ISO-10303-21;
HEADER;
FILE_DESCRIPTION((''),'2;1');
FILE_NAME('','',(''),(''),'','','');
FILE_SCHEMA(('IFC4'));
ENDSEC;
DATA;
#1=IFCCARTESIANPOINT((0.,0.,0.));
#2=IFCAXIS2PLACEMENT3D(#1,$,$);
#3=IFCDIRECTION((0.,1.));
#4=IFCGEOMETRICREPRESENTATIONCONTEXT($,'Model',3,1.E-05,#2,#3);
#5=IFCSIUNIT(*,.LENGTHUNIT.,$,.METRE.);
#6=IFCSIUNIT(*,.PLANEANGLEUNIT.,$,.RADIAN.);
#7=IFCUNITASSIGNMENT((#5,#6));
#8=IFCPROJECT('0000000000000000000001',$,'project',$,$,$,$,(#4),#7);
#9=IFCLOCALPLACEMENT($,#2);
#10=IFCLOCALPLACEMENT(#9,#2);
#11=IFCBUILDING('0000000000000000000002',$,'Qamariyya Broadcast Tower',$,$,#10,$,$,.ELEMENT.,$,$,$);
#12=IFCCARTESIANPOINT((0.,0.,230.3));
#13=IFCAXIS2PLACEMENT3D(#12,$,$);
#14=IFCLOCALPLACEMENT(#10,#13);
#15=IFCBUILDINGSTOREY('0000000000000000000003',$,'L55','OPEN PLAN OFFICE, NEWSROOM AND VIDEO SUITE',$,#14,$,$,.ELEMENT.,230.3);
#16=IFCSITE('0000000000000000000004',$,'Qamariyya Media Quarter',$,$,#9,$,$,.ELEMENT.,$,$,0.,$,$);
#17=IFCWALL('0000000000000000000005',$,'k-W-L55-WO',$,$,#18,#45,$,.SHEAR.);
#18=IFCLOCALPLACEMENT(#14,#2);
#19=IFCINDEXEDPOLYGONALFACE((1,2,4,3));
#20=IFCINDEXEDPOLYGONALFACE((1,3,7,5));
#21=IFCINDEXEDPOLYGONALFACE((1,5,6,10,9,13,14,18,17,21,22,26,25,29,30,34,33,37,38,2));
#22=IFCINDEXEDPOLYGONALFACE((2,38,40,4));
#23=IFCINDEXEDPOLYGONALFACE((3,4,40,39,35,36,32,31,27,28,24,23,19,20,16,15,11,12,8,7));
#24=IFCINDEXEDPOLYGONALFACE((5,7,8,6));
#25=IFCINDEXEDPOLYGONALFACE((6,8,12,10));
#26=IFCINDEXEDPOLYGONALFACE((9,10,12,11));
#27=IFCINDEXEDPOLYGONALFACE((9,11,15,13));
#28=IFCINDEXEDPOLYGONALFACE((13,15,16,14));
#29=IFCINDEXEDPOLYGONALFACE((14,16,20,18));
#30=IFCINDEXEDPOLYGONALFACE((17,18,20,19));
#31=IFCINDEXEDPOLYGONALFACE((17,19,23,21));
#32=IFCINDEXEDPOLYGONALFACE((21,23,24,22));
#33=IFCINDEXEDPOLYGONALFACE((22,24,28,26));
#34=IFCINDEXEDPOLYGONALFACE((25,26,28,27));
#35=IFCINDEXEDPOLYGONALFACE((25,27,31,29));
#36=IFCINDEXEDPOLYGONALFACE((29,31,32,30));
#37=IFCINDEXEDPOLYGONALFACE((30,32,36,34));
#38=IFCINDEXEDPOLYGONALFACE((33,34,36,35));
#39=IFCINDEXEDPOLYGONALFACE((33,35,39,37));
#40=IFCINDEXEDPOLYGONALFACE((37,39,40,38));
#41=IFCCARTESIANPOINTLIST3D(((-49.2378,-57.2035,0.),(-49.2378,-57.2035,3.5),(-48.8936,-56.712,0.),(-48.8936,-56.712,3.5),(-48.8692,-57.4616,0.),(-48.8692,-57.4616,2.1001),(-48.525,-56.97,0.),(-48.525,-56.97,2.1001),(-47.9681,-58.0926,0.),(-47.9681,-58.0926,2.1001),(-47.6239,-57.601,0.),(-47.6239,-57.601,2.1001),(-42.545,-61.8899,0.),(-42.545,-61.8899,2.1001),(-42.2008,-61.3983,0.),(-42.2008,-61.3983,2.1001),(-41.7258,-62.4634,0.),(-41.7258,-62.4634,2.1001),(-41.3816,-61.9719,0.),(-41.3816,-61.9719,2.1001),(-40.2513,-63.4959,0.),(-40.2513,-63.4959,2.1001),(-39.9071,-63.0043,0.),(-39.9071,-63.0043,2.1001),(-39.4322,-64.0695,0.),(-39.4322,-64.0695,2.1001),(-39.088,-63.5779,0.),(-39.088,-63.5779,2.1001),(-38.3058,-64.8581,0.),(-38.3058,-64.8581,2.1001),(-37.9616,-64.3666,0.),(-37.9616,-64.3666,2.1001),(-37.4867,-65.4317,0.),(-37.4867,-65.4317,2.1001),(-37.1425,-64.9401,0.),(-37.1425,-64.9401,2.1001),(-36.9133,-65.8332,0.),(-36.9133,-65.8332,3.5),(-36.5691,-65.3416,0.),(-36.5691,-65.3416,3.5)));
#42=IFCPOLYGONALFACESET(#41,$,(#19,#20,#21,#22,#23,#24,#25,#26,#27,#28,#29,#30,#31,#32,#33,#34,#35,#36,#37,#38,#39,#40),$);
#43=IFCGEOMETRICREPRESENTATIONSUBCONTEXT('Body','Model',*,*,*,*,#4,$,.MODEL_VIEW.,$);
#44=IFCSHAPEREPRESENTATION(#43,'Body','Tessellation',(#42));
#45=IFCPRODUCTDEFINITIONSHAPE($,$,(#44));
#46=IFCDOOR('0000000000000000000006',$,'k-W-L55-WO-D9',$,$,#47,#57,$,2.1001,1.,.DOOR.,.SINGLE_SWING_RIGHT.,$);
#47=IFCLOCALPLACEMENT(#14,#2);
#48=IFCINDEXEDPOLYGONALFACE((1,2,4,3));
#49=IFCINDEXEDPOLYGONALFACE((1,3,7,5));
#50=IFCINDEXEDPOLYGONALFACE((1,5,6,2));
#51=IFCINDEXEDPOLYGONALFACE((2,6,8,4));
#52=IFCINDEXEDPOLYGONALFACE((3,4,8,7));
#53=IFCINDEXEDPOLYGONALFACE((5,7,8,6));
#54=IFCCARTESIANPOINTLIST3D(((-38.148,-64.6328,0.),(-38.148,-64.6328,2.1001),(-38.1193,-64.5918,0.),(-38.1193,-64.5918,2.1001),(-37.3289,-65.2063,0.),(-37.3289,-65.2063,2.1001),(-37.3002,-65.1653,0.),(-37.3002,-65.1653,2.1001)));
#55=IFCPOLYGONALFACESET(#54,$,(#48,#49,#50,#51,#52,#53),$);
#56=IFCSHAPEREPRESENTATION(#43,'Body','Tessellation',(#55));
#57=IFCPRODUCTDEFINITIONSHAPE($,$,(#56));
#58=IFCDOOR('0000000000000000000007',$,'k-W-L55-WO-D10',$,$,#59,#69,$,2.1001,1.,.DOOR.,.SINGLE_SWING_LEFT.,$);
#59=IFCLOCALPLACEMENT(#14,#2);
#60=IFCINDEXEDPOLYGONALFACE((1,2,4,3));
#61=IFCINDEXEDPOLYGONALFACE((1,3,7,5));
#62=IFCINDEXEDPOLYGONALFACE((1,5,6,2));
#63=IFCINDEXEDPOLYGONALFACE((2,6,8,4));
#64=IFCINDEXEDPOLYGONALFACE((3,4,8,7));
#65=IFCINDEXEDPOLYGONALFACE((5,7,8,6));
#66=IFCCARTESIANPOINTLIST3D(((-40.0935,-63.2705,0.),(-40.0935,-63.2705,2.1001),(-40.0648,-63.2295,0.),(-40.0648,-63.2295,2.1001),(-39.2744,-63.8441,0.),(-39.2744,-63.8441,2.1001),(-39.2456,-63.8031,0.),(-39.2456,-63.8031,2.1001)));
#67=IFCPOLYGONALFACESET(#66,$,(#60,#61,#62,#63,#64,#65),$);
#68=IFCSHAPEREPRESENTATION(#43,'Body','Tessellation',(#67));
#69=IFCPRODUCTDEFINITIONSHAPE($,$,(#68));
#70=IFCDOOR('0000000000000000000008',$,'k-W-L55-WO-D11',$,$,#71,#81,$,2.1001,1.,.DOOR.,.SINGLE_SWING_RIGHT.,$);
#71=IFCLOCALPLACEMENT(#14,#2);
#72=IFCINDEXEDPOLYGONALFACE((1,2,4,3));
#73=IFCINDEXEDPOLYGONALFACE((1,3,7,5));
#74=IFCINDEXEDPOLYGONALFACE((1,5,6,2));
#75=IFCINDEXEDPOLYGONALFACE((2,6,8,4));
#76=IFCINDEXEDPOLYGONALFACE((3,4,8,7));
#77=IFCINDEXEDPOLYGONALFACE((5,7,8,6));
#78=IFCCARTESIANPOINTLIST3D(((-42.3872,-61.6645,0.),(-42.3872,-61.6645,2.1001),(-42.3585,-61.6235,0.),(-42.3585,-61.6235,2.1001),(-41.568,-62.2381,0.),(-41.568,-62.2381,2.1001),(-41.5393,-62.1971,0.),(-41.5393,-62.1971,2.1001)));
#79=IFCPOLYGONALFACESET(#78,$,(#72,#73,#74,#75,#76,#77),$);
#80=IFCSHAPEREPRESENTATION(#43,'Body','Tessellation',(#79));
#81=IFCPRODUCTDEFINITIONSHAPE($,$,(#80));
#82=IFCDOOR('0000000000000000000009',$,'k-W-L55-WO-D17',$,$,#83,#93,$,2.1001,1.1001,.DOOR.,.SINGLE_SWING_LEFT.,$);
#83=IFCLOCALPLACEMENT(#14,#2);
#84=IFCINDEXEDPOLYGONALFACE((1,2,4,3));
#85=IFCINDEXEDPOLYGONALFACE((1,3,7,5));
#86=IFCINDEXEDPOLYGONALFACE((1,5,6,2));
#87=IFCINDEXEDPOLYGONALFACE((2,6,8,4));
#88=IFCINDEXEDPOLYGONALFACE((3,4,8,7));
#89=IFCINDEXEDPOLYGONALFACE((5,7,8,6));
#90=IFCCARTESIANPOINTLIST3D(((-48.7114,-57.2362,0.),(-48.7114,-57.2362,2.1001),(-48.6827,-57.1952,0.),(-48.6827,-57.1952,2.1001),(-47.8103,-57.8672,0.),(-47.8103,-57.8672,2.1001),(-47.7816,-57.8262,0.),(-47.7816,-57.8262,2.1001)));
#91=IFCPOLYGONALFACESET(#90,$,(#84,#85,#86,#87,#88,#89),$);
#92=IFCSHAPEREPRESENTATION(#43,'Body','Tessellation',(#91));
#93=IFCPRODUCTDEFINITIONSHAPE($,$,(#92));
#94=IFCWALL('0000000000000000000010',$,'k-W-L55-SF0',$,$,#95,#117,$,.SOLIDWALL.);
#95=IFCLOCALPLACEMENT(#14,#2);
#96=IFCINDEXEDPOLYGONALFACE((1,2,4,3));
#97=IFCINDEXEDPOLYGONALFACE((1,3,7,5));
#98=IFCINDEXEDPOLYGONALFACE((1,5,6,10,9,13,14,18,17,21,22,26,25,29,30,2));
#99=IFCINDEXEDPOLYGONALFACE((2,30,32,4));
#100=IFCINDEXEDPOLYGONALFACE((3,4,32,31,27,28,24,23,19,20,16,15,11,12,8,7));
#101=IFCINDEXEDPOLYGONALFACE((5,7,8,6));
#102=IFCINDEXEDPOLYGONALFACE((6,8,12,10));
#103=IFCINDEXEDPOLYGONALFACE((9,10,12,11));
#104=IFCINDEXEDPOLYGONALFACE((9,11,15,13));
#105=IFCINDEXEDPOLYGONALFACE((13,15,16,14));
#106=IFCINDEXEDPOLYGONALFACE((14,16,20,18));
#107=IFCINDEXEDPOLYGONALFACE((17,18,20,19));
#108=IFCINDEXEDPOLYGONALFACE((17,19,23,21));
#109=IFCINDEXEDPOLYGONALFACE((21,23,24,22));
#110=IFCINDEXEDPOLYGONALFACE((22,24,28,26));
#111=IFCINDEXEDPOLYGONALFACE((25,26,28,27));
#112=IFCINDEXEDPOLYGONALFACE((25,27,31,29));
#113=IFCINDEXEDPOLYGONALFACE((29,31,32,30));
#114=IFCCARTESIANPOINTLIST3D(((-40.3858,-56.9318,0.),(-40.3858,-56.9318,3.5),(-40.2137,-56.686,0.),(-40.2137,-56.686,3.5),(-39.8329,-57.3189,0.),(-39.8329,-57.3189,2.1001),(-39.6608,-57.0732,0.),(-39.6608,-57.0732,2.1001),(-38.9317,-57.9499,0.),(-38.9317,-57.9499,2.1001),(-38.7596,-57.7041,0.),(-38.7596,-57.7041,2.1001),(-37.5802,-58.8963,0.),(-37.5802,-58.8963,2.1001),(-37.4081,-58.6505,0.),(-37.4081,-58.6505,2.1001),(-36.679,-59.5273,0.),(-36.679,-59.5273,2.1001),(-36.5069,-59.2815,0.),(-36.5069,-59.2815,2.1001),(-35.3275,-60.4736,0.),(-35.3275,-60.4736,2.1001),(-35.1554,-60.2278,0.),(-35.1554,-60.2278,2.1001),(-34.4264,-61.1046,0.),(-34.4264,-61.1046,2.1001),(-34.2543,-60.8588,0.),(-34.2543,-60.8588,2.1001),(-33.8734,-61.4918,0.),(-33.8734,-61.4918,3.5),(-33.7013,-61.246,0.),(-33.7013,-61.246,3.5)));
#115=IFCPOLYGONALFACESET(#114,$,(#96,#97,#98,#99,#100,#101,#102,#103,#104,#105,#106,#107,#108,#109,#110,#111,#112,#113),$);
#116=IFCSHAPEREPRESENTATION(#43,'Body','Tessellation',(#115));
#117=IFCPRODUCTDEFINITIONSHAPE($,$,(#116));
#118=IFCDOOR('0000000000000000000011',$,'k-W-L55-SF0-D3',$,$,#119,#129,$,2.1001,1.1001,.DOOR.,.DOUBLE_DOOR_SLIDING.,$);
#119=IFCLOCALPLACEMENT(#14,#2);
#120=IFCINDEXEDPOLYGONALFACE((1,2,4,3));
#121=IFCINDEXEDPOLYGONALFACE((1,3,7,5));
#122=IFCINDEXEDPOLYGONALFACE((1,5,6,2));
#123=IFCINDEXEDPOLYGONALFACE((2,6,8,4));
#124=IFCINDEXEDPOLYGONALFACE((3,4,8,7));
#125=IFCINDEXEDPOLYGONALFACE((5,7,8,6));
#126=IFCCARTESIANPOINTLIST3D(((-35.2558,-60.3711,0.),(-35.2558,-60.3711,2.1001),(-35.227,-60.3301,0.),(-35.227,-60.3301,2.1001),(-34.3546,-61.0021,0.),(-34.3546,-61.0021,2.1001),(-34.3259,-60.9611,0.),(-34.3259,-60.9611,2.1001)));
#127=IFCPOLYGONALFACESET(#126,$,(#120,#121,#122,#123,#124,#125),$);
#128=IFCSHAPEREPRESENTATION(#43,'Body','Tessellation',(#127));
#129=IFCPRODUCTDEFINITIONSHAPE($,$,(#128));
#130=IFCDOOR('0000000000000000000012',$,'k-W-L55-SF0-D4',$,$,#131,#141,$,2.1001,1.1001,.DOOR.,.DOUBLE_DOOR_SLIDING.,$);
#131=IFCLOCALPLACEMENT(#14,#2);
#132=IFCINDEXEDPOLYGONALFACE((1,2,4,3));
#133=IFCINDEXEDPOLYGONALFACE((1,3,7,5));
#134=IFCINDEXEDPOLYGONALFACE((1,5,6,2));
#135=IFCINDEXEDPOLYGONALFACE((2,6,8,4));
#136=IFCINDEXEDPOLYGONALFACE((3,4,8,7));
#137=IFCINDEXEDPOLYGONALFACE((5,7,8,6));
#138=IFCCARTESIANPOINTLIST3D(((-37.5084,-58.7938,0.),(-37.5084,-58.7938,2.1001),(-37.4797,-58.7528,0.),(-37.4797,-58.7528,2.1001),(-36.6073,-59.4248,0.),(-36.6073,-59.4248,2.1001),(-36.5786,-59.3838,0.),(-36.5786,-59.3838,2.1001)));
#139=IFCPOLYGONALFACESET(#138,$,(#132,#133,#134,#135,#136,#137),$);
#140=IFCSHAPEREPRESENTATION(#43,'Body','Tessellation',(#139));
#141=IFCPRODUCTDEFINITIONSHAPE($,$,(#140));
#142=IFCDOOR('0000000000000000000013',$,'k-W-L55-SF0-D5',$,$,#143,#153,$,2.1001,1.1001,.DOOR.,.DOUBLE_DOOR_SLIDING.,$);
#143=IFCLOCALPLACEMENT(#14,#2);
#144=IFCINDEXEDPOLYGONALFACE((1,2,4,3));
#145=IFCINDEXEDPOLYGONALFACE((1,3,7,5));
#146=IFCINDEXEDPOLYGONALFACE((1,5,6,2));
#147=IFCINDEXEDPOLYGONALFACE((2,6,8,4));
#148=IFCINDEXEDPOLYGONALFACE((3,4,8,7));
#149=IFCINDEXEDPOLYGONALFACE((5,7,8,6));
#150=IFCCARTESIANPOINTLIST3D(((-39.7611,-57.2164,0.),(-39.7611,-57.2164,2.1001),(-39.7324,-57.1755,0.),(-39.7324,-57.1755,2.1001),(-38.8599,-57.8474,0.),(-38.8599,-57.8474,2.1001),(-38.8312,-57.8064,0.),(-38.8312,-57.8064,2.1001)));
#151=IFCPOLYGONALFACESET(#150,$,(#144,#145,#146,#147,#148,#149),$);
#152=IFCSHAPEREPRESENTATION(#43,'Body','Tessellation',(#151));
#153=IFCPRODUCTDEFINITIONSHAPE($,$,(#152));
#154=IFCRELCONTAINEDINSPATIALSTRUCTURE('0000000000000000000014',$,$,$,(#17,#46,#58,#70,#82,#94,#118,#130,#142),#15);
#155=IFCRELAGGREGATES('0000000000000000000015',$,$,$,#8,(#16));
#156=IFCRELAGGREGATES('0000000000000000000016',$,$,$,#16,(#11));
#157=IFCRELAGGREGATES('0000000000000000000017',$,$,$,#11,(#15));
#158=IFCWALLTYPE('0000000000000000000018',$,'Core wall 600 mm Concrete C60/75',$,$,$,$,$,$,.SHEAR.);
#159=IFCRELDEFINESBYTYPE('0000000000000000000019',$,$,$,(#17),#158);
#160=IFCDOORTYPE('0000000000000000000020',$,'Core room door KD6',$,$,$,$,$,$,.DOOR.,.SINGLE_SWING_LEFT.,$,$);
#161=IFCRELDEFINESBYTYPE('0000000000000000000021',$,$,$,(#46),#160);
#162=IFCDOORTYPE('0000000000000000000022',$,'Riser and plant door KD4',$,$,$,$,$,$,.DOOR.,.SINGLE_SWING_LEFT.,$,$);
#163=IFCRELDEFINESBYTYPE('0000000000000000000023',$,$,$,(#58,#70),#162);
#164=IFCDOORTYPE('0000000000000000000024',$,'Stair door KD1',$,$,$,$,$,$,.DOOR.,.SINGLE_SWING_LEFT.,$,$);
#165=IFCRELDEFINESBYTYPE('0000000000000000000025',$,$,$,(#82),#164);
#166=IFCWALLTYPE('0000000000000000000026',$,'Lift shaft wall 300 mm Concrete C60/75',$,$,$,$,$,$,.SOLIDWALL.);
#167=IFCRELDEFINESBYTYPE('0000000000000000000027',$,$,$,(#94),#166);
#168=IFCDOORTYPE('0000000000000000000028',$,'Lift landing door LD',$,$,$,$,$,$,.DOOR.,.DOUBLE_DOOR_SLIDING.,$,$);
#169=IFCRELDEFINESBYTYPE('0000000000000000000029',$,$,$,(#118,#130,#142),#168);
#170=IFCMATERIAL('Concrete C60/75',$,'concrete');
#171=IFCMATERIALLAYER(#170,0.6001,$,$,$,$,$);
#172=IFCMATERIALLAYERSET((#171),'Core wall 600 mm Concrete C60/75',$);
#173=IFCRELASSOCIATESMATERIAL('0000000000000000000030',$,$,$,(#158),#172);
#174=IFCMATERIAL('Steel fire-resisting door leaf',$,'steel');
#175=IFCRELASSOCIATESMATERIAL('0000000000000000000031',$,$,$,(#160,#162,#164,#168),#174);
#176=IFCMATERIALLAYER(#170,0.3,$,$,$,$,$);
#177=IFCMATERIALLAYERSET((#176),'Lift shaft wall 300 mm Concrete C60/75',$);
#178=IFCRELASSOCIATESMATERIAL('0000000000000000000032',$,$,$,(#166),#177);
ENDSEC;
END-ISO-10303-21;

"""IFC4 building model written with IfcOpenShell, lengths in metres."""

from ifc_helpers import new_model, si_unit, direction, frame, frame_2d, origin, place, context, subcontext, project, spatial, rectangle, extrude, material, layer, layer_set, type_object, element, fill, save


model = new_model("IFC4")

# Units and contexts
model_context = context("Model", 3, precision=1e-05, world=origin(), true_north=direction((0.0, 1.0)))
body_context = subcontext(model_context, "Body", "Model", "MODEL_VIEW")
ifc_project = project(units=[si_unit("LENGTHUNIT", "METRE"), si_unit("PLANEANGLEUNIT", "RADIAN")], contexts=[model_context])

# Site, building, storey
site_placement = place(None, origin())
site = spatial("IfcSite", under=ifc_project, at=site_placement, Name="Qamariyya Media Quarter", CompositionType="ELEMENT", RefElevation=0.0)
building_placement = place(site_placement, origin())
building = spatial("IfcBuilding", under=site, at=building_placement, Name="Qamariyya Broadcast Tower", CompositionType="ELEMENT")
storey_placement = place(building_placement, frame((0.0, 0.0, 230.3)))
storey = spatial("IfcBuildingStorey", under=building, at=storey_placement, Name="L55", Description="OPEN PLAN OFFICE, NEWSROOM AND VIDEO SUITE", CompositionType="ELEMENT", Elevation=230.3)

# Shared definitions
ifc_material_1 = material(Name="Concrete C60/75", Category="concrete")

# Shared definitions
ifc_layer_1 = layer(ifc_material_1, 0.6001)
ifc_layer_set_1 = layer_set([ifc_layer_1], Name="Core wall 600 mm Concrete C60/75")
wall_type_1 = type_object("IfcWallType", Name="Core wall 600 mm Concrete C60/75", PredefinedType="SHEAR", material=ifc_layer_set_1)
ifc_material_2 = material(Name="Steel fire-resisting door leaf", Category="steel")

# Walls, openings, doors
wall_1_placement = place(storey_placement, frame((-36.7412, -65.5874, 0.0), z_axis=(0.0, 0.0, 1.0), x_axis=(-0.819153, 0.573575, 0.0)))
wall_1 = element("IfcWall", 1, at=wall_1_placement, inside=storey, type_object=wall_type_1, Name="k-W-L55-WO", PredefinedType="SHEAR", context=body_context, shape_type="SweptSolid", body=[
    extrude(rectangle(XDim=15.0454, YDim=0.6001, at=frame_2d((7.5227, 0.0))), origin(), (0.0, 0.0, 1.0), 3.5),
])
opening_1_placement = place(wall_1_placement, frame((0.7, 0.0, 0.0)))
opening_1 = element("IfcOpeningElement", 2, at=opening_1_placement, cuts=wall_1, PredefinedType="OPENING", context=body_context, shape_type="SweptSolid", body=[
    extrude(rectangle(XDim=1.0, YDim=2.1001, at=frame_2d((0.5, 1.05))), frame((0.0, 0.3101, 0.0), z_axis=(0.0, -1.0, 0.0), x_axis=(1.0, 0.0, 0.0)), (0.0, 0.0, 1.0), 0.6201),
])
opening_2_placement = place(wall_1_placement, frame((3.075, 0.0, 0.0)))
opening_2 = element("IfcOpeningElement", 3, at=opening_2_placement, cuts=wall_1, PredefinedType="OPENING", context=body_context, shape_type="SweptSolid", body=[
    extrude(rectangle(XDim=1.0, YDim=2.1001, at=frame_2d((0.5, 1.05))), frame((0.0, 0.3101, 0.0), z_axis=(0.0, -1.0, 0.0), x_axis=(1.0, 0.0, 0.0)), (0.0, 0.0, 1.0), 0.6201),
])
opening_3_placement = place(wall_1_placement, frame((5.875, 0.0, 0.0)))
opening_3 = element("IfcOpeningElement", 4, at=opening_3_placement, cuts=wall_1, PredefinedType="OPENING", context=body_context, shape_type="SweptSolid", body=[
    extrude(rectangle(XDim=1.0, YDim=2.1001, at=frame_2d((0.5, 1.05))), frame((0.0, 0.3101, 0.0), z_axis=(0.0, -1.0, 0.0), x_axis=(1.0, 0.0, 0.0)), (0.0, 0.0, 1.0), 0.6201),
])
opening_4_placement = place(wall_1_placement, frame((13.4954, 0.0, 0.0)))
opening_4 = element("IfcOpeningElement", 5, at=opening_4_placement, cuts=wall_1, PredefinedType="OPENING", context=body_context, shape_type="SweptSolid", body=[
    extrude(rectangle(XDim=1.1001, YDim=2.1001, at=frame_2d((0.55, 1.05))), frame((0.0, 0.3101, 0.0), z_axis=(0.0, -1.0, 0.0), x_axis=(1.0, 0.0, 0.0)), (0.0, 0.0, 1.0), 0.6201),
])
door_type_1 = type_object("IfcDoorType", Name="Core room door KD6", OperationType="SINGLE_SWING_LEFT", PredefinedType="DOOR", material=ifc_material_2)
door_1_placement = place(opening_1_placement, origin())
door_1 = element("IfcDoor", 6, at=door_1_placement, inside=storey, type_object=door_type_1, Name="k-W-L55-WO-D9", OperationType="SINGLE_SWING_RIGHT", OverallHeight=2.1001, OverallWidth=1.0, PredefinedType="DOOR", context=body_context, shape_type="SweptSolid", body=[
    extrude(rectangle(XDim=1.0, YDim=2.1001, at=frame_2d((0.5, 1.05))), frame((0.0, 0.0249, 0.0), z_axis=(0.0, -1.0, 0.0), x_axis=(1.0, 0.0, 0.0)), (0.0, 0.0, 1.0), 0.05),
])
fill(opening_1, door_1)
door_type_2 = type_object("IfcDoorType", Name="Riser and plant door KD4", OperationType="SINGLE_SWING_LEFT", PredefinedType="DOOR", material=ifc_material_2)
door_2_placement = place(opening_2_placement, origin())
door_2 = element("IfcDoor", 7, at=door_2_placement, inside=storey, type_object=door_type_2, Name="k-W-L55-WO-D10", OperationType="SINGLE_SWING_LEFT", OverallHeight=2.1001, OverallWidth=1.0, PredefinedType="DOOR", context=body_context, shape_type="SweptSolid", body=[
    extrude(rectangle(XDim=1.0, YDim=2.1001, at=frame_2d((0.5, 1.05))), frame((0.0, 0.0249, 0.0), z_axis=(0.0, -1.0, 0.0), x_axis=(1.0, 0.0, 0.0)), (0.0, 0.0, 1.0), 0.05),
])
fill(opening_2, door_2)
door_3_placement = place(opening_3_placement, origin())
door_3 = element("IfcDoor", 8, at=door_3_placement, inside=storey, type_object=door_type_2, Name="k-W-L55-WO-D11", OperationType="SINGLE_SWING_RIGHT", OverallHeight=2.1001, OverallWidth=1.0, PredefinedType="DOOR", context=body_context, shape_type="SweptSolid", body=[
    extrude(rectangle(XDim=1.0, YDim=2.1001, at=frame_2d((0.5, 1.05))), frame((0.0, 0.0249, 0.0), z_axis=(0.0, -1.0, 0.0), x_axis=(1.0, 0.0, 0.0)), (0.0, 0.0, 1.0), 0.05),
])
fill(opening_3, door_3)
door_type_3 = type_object("IfcDoorType", Name="Stair door KD1", OperationType="SINGLE_SWING_LEFT", PredefinedType="DOOR", material=ifc_material_2)
door_4_placement = place(opening_4_placement, origin())
door_4 = element("IfcDoor", 9, at=door_4_placement, inside=storey, type_object=door_type_3, Name="k-W-L55-WO-D17", OperationType="SINGLE_SWING_LEFT", OverallHeight=2.1001, OverallWidth=1.1001, PredefinedType="DOOR", context=body_context, shape_type="SweptSolid", body=[
    extrude(rectangle(XDim=1.1001, YDim=2.1001, at=frame_2d((0.55, 1.05))), frame((0.0, 0.0249, 0.0), z_axis=(0.0, -1.0, 0.0), x_axis=(1.0, 0.0, 0.0)), (0.0, 0.0, 1.0), 0.05),
])
fill(opening_4, door_4)
ifc_layer_2 = layer(ifc_material_1, 0.3)
ifc_layer_set_2 = layer_set([ifc_layer_2], Name="Lift shaft wall 300 mm Concrete C60/75")
wall_type_2 = type_object("IfcWallType", Name="Lift shaft wall 300 mm Concrete C60/75", PredefinedType="SOLIDWALL", material=ifc_layer_set_2)
wall_2_placement = place(storey_placement, frame((-33.7874, -61.3689, 0.0), z_axis=(0.0, 0.0, 1.0), x_axis=(-0.819153, 0.573576, 0.0)))
wall_2 = element("IfcWall", 10, at=wall_2_placement, inside=storey, type_object=wall_type_2, Name="k-W-L55-SF0", PredefinedType="SOLIDWALL", context=body_context, shape_type="SweptSolid", body=[
    extrude(rectangle(XDim=7.9502, YDim=0.3, at=frame_2d((3.9751, 0.0))), origin(), (0.0, 0.0, 1.0), 3.5),
])
opening_5_placement = place(wall_2_placement, frame((0.675, 0.0, 0.0)))
opening_5 = element("IfcOpeningElement", 11, at=opening_5_placement, cuts=wall_2, PredefinedType="OPENING", context=body_context, shape_type="SweptSolid", body=[
    extrude(rectangle(XDim=1.1001, YDim=2.1001, at=frame_2d((0.55, 1.05))), frame((0.0, 0.1599, 0.0), z_axis=(0.0, -1.0, 0.0), x_axis=(1.0, 0.0, 0.0)), (0.0, 0.0, 1.0), 0.3201),
])
opening_6_placement = place(wall_2_placement, frame((3.425, 0.0, 0.0)))
opening_6 = element("IfcOpeningElement", 12, at=opening_6_placement, cuts=wall_2, PredefinedType="OPENING", context=body_context, shape_type="SweptSolid", body=[
    extrude(rectangle(XDim=1.1001, YDim=2.1001, at=frame_2d((0.55, 1.05))), frame((0.0, 0.1599, 0.0), z_axis=(0.0, -1.0, 0.0), x_axis=(1.0, 0.0, 0.0)), (0.0, 0.0, 1.0), 0.3201),
])
opening_7_placement = place(wall_2_placement, frame((6.175, 0.0, 0.0)))
opening_7 = element("IfcOpeningElement", 13, at=opening_7_placement, cuts=wall_2, PredefinedType="OPENING", context=body_context, shape_type="SweptSolid", body=[
    extrude(rectangle(XDim=1.1001, YDim=2.1001, at=frame_2d((0.55, 1.05))), frame((0.0, 0.1599, 0.0), z_axis=(0.0, -1.0, 0.0), x_axis=(1.0, 0.0, 0.0)), (0.0, 0.0, 1.0), 0.3201),
])
door_type_4 = type_object("IfcDoorType", Name="Lift landing door LD", OperationType="DOUBLE_DOOR_SLIDING", PredefinedType="DOOR", material=ifc_material_2)
door_5_placement = place(opening_5_placement, origin())
door_5 = element("IfcDoor", 14, at=door_5_placement, inside=storey, type_object=door_type_4, Name="k-W-L55-SF0-D3", OperationType="DOUBLE_DOOR_SLIDING", OverallHeight=2.1001, OverallWidth=1.1001, PredefinedType="DOOR", context=body_context, shape_type="SweptSolid", body=[
    extrude(rectangle(XDim=1.1001, YDim=2.1001, at=frame_2d((0.55, 1.05))), frame((0.0, 0.0249, 0.0), z_axis=(0.0, -1.0, 0.0), x_axis=(1.0, 0.0, 0.0)), (0.0, 0.0, 1.0), 0.05),
])
fill(opening_5, door_5)
door_6_placement = place(opening_6_placement, origin())
door_6 = element("IfcDoor", 15, at=door_6_placement, inside=storey, type_object=door_type_4, Name="k-W-L55-SF0-D4", OperationType="DOUBLE_DOOR_SLIDING", OverallHeight=2.1001, OverallWidth=1.1001, PredefinedType="DOOR", context=body_context, shape_type="SweptSolid", body=[
    extrude(rectangle(XDim=1.1001, YDim=2.1001, at=frame_2d((0.55, 1.05))), frame((0.0, 0.0249, 0.0), z_axis=(0.0, -1.0, 0.0), x_axis=(1.0, 0.0, 0.0)), (0.0, 0.0, 1.0), 0.05),
])
fill(opening_6, door_6)
door_7_placement = place(opening_7_placement, origin())
door_7 = element("IfcDoor", 16, at=door_7_placement, inside=storey, type_object=door_type_4, Name="k-W-L55-SF0-D5", OperationType="DOUBLE_DOOR_SLIDING", OverallHeight=2.1001, OverallWidth=1.1001, PredefinedType="DOOR", context=body_context, shape_type="SweptSolid", body=[
    extrude(rectangle(XDim=1.1001, YDim=2.1001, at=frame_2d((0.55, 1.05))), frame((0.0, 0.0249, 0.0), z_axis=(0.0, -1.0, 0.0), x_axis=(1.0, 0.0, 0.0)), (0.0, 0.0, 1.0), 0.05),
])
fill(opening_7, door_7)

save(model, "model.ifc")
